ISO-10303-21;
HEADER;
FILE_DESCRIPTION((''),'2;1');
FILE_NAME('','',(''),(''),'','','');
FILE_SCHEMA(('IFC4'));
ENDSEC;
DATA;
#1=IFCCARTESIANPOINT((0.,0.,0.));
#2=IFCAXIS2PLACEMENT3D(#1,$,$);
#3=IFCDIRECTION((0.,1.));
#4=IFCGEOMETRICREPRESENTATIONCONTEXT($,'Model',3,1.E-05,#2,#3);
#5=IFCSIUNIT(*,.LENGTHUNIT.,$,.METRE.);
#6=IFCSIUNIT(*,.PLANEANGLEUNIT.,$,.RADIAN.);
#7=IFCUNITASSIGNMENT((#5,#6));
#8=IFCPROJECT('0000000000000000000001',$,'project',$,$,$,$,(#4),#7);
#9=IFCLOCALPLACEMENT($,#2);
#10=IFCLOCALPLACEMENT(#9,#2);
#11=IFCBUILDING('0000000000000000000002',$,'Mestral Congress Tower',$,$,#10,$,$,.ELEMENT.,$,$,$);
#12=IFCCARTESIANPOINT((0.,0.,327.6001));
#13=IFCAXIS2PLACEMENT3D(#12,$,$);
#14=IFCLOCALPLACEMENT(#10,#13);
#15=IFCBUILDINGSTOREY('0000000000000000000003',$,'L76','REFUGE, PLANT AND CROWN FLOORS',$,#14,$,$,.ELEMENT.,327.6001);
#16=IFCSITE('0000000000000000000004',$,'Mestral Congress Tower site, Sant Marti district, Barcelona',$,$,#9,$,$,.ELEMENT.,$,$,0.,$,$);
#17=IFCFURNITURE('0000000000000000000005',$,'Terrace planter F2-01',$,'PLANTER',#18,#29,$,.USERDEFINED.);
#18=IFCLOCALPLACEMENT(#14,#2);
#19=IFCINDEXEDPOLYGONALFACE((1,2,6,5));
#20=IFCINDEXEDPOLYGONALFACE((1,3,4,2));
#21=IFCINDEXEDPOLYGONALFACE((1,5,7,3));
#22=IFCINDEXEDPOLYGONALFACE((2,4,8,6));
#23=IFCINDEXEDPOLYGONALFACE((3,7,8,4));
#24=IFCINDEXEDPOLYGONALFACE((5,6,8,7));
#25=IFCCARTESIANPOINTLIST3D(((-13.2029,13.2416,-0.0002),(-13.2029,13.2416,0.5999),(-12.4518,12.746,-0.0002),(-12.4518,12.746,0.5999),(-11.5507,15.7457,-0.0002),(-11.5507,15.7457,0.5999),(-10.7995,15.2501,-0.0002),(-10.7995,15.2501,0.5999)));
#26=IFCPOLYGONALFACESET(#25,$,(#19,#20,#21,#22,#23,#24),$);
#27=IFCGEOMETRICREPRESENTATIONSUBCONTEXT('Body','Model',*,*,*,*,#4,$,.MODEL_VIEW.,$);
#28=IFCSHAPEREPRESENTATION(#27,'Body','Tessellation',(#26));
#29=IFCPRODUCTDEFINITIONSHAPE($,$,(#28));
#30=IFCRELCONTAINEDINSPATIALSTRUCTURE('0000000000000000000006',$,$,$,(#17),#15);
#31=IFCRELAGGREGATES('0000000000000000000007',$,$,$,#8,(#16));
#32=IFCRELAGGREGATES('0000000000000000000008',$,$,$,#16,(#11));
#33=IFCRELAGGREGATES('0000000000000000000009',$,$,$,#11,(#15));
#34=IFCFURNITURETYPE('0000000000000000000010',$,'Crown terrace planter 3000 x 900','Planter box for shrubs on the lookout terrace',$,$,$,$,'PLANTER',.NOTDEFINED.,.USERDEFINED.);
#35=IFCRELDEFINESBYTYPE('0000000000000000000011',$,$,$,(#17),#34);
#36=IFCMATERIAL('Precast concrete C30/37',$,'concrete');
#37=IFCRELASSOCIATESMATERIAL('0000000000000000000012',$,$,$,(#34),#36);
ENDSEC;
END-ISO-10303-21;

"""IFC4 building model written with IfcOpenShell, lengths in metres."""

from ifc_helpers import new_model, si_unit, direction, frame, origin, origin_2d, place, context, subcontext, project, spatial, rectangle, extrude, material, type_object, element, save


model = new_model("IFC4")

# Units and contexts
model_context = context("Model", 3, precision=1e-05, world=origin(), true_north=direction((0.0, 1.0)))
body_context = subcontext(model_context, "Body", "Model", "MODEL_VIEW")
ifc_project = project(units=[si_unit("LENGTHUNIT", "METRE"), si_unit("PLANEANGLEUNIT", "RADIAN")], contexts=[model_context])

# Site, building, storey
site_placement = place(None, origin())
site = spatial("IfcSite", under=ifc_project, at=site_placement, Name="Mestral Congress Tower site, Sant Marti district, Barcelona", CompositionType="ELEMENT", RefElevation=0.0)
building_placement = place(site_placement, origin())
building = spatial("IfcBuilding", under=site, at=building_placement, Name="Mestral Congress Tower", CompositionType="ELEMENT")
storey_placement = place(building_placement, frame((0.0, 0.0, 327.6001)))
storey = spatial("IfcBuildingStorey", under=building, at=storey_placement, Name="L76", Description="REFUGE, PLANT AND CROWN FLOORS", CompositionType="ELEMENT", Elevation=327.6001)

# Furniture
ifc_material_1 = material(Name="Precast concrete C30/37", Category="concrete")
furniture_type = type_object("IfcFurnitureType", Name="Crown terrace planter 3000 x 900", Description="Planter box for shrubs on the lookout terrace", ElementType="PLANTER", AssemblyPlace="NOTDEFINED", PredefinedType="USERDEFINED", material=ifc_material_1)
for number, where, z_axis, x_axis, name in (
    (1, (-12.0012, 14.2458, -0.0002), (0.0, 0.0, 1.0), (-0.550743, -0.834675, 0.0), "Terrace planter F2-01"),
):
    element("IfcFurniture", number, at=place(storey_placement, frame(where, z_axis=z_axis, x_axis=x_axis)), inside=storey, type_object=furniture_type, Name=name, ObjectType="PLANTER", PredefinedType="USERDEFINED", context=body_context, shape_type="SweptSolid", body=[
        extrude(rectangle(XDim=3.0, YDim=0.8999, at=origin_2d()), origin(), (0.0, 0.0, 1.0), 0.6001),
    ])

save(model, "model.ifc")
